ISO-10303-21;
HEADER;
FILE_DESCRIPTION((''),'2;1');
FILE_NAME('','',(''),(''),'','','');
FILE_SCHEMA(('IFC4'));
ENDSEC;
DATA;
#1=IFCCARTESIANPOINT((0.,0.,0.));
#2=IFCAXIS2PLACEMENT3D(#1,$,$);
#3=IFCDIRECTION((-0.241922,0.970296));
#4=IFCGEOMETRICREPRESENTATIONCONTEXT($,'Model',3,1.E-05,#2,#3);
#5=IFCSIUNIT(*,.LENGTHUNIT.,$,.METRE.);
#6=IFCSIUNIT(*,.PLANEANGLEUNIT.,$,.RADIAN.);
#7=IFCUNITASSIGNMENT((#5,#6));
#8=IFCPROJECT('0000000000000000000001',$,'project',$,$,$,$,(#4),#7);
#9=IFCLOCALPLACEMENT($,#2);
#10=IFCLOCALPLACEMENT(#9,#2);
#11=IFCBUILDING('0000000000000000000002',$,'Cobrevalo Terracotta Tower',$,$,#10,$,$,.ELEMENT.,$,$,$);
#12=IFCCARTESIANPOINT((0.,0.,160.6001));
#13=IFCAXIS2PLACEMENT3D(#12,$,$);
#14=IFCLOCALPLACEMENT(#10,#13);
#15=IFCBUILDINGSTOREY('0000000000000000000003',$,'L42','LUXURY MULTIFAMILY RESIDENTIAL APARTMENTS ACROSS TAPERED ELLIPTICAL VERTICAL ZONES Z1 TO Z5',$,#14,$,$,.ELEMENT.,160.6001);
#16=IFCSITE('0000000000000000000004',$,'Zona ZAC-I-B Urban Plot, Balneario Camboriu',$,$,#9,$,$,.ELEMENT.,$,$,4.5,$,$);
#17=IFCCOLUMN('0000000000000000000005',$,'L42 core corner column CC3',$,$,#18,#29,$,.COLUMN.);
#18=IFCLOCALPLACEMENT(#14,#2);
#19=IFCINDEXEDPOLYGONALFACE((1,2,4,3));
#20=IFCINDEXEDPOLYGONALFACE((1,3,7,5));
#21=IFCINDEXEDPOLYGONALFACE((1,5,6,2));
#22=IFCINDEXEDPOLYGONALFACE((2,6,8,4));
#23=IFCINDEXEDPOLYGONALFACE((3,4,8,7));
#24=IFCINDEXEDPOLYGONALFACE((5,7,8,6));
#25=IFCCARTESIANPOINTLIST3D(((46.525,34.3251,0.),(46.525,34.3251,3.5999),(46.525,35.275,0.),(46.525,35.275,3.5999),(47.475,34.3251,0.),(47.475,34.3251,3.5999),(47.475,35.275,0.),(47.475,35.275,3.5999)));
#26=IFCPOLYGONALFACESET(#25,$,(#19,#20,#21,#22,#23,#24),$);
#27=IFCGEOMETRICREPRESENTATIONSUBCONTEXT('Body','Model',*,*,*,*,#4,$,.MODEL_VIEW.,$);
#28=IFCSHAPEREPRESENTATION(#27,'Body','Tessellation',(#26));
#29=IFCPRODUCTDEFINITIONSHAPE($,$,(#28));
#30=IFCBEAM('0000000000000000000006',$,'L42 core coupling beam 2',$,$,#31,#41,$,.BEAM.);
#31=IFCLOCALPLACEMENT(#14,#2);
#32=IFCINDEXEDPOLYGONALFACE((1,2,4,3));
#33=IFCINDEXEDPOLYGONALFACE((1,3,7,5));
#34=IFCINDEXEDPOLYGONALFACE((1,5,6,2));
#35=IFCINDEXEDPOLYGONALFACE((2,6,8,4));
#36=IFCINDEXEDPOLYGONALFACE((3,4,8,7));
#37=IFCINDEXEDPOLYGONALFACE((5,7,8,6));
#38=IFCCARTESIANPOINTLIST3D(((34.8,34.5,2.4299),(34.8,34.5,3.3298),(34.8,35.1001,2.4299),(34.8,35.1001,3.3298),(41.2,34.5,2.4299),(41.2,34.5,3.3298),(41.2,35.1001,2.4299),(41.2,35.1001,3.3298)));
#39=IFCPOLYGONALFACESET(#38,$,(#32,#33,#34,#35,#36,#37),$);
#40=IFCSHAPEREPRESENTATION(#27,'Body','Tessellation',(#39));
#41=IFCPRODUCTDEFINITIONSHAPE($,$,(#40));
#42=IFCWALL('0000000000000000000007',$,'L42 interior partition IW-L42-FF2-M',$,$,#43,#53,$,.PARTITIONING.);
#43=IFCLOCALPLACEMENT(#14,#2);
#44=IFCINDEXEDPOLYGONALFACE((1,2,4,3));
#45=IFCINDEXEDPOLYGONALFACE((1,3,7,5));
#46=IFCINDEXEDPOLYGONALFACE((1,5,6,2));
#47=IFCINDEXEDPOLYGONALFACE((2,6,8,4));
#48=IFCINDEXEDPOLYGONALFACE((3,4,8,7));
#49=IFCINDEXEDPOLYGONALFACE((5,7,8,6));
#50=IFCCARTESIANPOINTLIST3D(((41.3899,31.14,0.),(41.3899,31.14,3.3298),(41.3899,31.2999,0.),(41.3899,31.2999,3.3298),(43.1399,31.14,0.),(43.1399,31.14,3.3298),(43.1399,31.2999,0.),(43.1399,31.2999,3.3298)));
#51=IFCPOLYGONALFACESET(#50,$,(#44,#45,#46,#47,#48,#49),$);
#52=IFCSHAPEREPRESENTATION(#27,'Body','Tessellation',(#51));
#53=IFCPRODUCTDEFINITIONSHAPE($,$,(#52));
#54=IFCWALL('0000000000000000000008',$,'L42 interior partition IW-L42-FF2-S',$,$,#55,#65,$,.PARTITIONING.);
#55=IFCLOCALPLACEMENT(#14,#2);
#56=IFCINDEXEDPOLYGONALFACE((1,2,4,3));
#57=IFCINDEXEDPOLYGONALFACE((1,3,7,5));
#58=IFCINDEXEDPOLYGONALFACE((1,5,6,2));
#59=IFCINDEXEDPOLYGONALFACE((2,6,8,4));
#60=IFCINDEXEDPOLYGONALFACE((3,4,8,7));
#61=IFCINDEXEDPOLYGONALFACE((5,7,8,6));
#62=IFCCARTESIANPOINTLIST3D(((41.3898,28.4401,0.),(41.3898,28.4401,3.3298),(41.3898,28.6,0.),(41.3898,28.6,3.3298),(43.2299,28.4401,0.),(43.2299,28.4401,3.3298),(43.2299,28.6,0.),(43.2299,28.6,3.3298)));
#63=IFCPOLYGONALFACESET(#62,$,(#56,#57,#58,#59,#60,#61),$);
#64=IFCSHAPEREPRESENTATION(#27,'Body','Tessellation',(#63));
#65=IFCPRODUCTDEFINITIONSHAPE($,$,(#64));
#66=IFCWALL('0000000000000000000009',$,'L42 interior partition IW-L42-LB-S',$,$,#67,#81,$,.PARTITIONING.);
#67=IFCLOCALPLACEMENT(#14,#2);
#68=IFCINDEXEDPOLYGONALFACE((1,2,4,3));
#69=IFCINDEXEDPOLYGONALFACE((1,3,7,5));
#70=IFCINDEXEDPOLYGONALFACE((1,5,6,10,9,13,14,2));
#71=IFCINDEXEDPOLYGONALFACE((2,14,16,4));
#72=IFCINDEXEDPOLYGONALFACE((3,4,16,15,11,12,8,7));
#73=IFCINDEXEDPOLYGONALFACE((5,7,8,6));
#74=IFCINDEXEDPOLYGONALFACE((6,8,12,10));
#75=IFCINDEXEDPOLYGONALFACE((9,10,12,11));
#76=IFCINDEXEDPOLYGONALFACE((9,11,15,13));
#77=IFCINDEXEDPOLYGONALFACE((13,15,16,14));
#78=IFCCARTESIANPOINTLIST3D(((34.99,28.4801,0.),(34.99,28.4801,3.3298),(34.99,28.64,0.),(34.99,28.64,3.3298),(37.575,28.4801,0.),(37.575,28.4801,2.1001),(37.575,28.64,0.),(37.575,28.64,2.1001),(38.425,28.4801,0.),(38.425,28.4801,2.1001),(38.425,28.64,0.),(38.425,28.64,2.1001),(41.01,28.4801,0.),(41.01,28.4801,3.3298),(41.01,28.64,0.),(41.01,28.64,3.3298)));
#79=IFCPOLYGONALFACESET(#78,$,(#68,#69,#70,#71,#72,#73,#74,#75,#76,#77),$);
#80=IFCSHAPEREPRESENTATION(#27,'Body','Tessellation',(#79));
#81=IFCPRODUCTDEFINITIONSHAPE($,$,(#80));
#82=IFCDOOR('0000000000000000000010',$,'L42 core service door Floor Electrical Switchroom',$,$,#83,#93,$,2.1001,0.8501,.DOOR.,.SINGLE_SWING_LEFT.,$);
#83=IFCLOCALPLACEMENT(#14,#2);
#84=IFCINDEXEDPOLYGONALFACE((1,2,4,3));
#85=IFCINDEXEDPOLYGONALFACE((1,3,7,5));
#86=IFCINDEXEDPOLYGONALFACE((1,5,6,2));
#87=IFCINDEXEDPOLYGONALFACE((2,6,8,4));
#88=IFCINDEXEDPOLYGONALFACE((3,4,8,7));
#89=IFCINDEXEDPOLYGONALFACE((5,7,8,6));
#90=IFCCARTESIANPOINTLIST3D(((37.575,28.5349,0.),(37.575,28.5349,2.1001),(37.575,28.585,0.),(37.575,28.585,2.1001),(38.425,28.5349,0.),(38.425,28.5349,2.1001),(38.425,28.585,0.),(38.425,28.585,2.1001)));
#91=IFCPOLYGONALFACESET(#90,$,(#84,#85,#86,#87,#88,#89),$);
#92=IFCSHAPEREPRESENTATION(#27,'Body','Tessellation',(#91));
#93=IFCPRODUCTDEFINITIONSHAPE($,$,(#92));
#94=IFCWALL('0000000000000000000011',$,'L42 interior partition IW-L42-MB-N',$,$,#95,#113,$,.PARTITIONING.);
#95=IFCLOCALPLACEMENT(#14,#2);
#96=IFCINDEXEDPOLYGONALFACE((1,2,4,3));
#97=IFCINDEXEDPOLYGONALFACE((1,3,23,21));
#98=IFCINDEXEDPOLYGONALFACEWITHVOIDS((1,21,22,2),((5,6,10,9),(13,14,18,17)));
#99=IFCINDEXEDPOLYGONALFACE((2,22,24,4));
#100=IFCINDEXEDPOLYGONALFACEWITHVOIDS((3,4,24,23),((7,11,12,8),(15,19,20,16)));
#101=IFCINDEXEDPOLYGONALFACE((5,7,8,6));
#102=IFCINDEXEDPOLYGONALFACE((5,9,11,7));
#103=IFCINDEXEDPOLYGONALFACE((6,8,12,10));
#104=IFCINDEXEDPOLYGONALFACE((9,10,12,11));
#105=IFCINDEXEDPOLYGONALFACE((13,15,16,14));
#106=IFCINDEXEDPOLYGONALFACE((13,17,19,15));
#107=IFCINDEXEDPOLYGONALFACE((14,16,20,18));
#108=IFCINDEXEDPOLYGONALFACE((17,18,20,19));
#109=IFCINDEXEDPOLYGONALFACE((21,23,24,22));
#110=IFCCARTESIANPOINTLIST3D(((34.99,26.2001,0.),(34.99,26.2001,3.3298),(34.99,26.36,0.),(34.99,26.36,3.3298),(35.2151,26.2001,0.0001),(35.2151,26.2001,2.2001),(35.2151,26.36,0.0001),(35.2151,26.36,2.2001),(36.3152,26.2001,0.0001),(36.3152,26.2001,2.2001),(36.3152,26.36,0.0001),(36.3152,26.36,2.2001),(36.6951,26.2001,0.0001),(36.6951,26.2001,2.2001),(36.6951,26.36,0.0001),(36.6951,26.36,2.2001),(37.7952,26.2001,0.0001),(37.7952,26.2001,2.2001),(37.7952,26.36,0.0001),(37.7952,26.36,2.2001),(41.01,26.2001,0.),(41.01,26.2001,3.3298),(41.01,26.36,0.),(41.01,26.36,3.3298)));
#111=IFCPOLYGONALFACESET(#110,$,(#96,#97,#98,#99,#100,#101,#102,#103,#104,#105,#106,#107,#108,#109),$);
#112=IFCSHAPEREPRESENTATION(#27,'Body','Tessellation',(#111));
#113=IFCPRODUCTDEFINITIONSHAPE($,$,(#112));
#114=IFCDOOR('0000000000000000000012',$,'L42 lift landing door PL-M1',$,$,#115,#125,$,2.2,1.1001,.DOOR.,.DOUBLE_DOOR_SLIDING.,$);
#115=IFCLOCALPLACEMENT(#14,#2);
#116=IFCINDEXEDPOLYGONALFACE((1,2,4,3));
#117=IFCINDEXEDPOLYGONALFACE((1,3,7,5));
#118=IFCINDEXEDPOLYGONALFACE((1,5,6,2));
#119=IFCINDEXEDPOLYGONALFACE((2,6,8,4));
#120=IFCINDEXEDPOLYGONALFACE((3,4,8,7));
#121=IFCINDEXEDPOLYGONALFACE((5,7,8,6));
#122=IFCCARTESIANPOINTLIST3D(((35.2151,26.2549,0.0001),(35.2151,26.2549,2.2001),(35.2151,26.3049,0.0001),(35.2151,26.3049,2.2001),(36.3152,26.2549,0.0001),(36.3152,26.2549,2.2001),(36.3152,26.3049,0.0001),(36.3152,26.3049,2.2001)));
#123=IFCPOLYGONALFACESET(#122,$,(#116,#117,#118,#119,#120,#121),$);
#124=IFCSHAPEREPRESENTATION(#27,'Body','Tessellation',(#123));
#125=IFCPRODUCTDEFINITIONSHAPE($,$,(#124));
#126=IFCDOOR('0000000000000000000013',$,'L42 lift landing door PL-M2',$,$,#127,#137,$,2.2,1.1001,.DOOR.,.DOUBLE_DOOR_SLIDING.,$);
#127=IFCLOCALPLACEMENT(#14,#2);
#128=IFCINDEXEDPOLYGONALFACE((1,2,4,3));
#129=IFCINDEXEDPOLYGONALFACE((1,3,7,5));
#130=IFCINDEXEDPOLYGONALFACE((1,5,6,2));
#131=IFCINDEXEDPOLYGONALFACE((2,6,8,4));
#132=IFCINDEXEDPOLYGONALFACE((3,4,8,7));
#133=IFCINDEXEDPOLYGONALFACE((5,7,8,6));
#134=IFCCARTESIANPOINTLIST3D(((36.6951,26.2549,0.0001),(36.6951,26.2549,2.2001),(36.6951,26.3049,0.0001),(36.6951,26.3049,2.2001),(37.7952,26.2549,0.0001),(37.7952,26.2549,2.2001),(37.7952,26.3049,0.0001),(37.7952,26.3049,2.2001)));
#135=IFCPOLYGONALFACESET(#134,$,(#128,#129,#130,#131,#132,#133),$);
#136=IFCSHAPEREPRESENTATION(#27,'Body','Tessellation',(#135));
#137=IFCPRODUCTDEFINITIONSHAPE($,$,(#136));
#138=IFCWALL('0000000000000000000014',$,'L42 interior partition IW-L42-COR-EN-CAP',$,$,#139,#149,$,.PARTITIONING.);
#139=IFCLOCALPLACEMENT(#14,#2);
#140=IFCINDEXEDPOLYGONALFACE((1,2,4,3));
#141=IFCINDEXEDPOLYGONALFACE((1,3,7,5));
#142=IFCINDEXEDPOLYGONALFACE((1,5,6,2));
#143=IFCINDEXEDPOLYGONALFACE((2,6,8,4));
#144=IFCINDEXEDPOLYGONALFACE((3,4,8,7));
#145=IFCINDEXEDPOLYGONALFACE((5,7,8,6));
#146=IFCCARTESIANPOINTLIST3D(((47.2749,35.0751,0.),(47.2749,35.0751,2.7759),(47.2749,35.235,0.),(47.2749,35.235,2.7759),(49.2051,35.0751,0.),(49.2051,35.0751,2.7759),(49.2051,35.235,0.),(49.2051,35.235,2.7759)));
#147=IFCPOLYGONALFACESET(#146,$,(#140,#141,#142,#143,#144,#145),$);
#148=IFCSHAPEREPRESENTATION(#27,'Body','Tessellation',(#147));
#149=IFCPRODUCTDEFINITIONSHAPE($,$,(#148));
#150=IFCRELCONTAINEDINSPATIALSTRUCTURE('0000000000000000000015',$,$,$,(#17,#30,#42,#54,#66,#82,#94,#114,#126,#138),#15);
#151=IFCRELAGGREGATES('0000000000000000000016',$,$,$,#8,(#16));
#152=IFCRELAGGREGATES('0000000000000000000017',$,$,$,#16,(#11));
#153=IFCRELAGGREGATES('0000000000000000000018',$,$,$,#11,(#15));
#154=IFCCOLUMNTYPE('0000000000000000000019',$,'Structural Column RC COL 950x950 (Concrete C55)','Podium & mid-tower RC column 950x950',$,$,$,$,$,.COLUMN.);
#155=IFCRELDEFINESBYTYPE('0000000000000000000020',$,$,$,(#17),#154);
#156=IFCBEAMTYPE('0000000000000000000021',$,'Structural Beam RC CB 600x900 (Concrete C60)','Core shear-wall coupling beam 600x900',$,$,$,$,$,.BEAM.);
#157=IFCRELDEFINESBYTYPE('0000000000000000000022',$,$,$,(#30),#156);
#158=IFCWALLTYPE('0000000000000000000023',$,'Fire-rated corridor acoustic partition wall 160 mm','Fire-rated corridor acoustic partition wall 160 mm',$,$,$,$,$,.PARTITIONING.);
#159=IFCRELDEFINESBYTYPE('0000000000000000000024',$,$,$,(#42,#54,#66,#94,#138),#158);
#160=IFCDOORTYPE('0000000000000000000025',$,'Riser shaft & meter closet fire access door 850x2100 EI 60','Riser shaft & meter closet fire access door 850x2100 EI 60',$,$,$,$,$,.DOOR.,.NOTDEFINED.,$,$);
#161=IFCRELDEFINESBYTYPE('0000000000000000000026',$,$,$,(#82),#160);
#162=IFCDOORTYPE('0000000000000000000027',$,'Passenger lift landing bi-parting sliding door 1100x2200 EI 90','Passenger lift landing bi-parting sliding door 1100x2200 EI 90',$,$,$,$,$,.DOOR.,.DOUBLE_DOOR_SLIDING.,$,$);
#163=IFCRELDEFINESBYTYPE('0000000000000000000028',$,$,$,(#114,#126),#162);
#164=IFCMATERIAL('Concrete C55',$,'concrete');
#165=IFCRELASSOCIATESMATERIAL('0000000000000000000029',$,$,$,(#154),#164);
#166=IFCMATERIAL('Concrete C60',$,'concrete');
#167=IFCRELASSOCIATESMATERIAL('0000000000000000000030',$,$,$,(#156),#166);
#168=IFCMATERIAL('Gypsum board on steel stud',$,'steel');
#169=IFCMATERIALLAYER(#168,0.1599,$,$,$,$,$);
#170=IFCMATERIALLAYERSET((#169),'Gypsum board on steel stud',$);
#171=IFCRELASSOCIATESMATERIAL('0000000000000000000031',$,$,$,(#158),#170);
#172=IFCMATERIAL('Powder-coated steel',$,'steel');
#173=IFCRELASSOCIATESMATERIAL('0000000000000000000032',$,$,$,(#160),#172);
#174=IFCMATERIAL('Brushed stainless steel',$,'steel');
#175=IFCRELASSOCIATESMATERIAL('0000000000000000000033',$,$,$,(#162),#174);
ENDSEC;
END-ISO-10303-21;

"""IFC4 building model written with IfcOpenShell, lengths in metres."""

from ifc_helpers import new_model, si_unit, direction, frame, frame_2d, origin, origin_2d, place, context, subcontext, project, spatial, rectangle, extrude, source, transform, mapped, material, layer, layer_set, material_profile, profile_set, type_object, element, fill, save


model = new_model("IFC4")

# Units and contexts
model_context = context("Model", 3, precision=1e-05, world=origin(), true_north=direction((-0.241922, 0.970296)))
body_context = subcontext(model_context, "Body", "Model", "MODEL_VIEW")
ifc_project = project(units=[si_unit("LENGTHUNIT", "METRE"), si_unit("PLANEANGLEUNIT", "RADIAN")], contexts=[model_context])

# Site, building, storey
site_placement = place(None, origin())
site = spatial("IfcSite", under=ifc_project, at=site_placement, Name="Zona ZAC-I-B Urban Plot, Balneario Camboriu", CompositionType="ELEMENT", RefElevation=4.5)
building_placement = place(site_placement, origin())
building = spatial("IfcBuilding", under=site, at=building_placement, Name="Cobrevalo Terracotta Tower", CompositionType="ELEMENT")
storey_placement = place(building_placement, frame((0.0, 0.0, 160.6001)))
storey = spatial("IfcBuildingStorey", under=building, at=storey_placement, Name="L42", Description="LUXURY MULTIFAMILY RESIDENTIAL APARTMENTS ACROSS TAPERED ELLIPTICAL VERTICAL ZONES Z1 TO Z5", CompositionType="ELEMENT", Elevation=160.6001)

# Column
ifc_material_1 = material(Name="Concrete C55", Category="concrete")
ifc_material_profile_1 = material_profile(ifc_material_1, rectangle(XDim=0.95, YDim=0.95, at=origin_2d()), Name="RC COL 950x950")
ifc_profile_set_1 = profile_set([ifc_material_profile_1], Name="Concrete C55")
column_type = type_object("IfcColumnType", Name="Structural Column RC COL 950x950 (Concrete C55)", Description="Podium & mid-tower RC column 950x950", PredefinedType="COLUMN", material=ifc_profile_set_1)
column_placement = place(storey_placement, frame((47.0, 34.8, 0.0), z_axis=(0.0, 0.0, 1.0), x_axis=(1.0, 0.0, 0.0)))
element("IfcColumn", 1, at=column_placement, inside=storey, type_object=column_type, Name="L42 core corner column CC3", PredefinedType="COLUMN", context=body_context, shape_type="SweptSolid", body=[
    extrude(rectangle(XDim=0.95, YDim=0.95, at=origin_2d()), origin(), (0.0, 0.0, 1.0), 3.5999),
])

# Beam
ifc_material_2 = material(Name="Concrete C60", Category="concrete")
ifc_material_profile_2 = material_profile(ifc_material_2, rectangle(XDim=0.6001, YDim=0.8999, at=origin_2d()), Name="RC CB 600x900")
ifc_profile_set_2 = profile_set([ifc_material_profile_2], Name="Concrete C60")
beam_type = type_object("IfcBeamType", Name="Structural Beam RC CB 600x900 (Concrete C60)", Description="Core shear-wall coupling beam 600x900", PredefinedType="BEAM", material=ifc_profile_set_2)
beam_placement = place(storey_placement, frame((34.8, 34.8, 2.8799), z_axis=(1.0, 0.0, 0.0), x_axis=(0.0, 1.0, 0.0)))
element("IfcBeam", 2, at=beam_placement, inside=storey, type_object=beam_type, Name="L42 core coupling beam 2", PredefinedType="BEAM", context=body_context, shape_type="SweptSolid", body=[
    extrude(rectangle(XDim=0.6001, YDim=0.8999, at=origin_2d()), origin(), (0.0, 0.0, 1.0), 6.3999),
])

# Walls
ifc_material_3 = material(Name="Gypsum board on steel stud", Category="steel")
ifc_layer_1 = layer(ifc_material_3, 0.1599)
ifc_layer_set_1 = layer_set([ifc_layer_1], Name="Gypsum board on steel stud")
wall_type_1 = type_object("IfcWallType", Name="Fire-rated corridor acoustic partition wall 160 mm", Description="Fire-rated corridor acoustic partition wall 160 mm", PredefinedType="PARTITIONING", material=ifc_layer_set_1)
wall_1_placement = place(storey_placement, frame((41.3899, 31.22, 0.0), z_axis=(0.0, 0.0, 1.0), x_axis=(1.0, 0.0, 0.0)))
element("IfcWall", 3, at=wall_1_placement, inside=storey, type_object=wall_type_1, Name="L42 interior partition IW-L42-FF2-M", PredefinedType="PARTITIONING", context=body_context, shape_type="SweptSolid", body=[
    extrude(rectangle(XDim=1.75, YDim=0.1599, at=frame_2d((0.875, 0.0))), origin(), (0.0, 0.0, 1.0), 3.3298),
])
wall_2_placement = place(storey_placement, frame((41.3899, 28.52, 0.0), z_axis=(0.0, 0.0, 1.0), x_axis=(1.0, 0.0, 0.0)))
element("IfcWall", 4, at=wall_2_placement, inside=storey, type_object=wall_type_1, Name="L42 interior partition IW-L42-FF2-S", PredefinedType="PARTITIONING", context=body_context, shape_type="SweptSolid", body=[
    extrude(rectangle(XDim=1.8401, YDim=0.1599, at=frame_2d((0.9199, 0.0))), origin(), (0.0, 0.0, 1.0), 3.3298),
])

# Wall, opening, door
wall_3_placement = place(storey_placement, frame((34.99, 28.5601, 0.0), z_axis=(0.0, 0.0, 1.0), x_axis=(1.0, 0.0, 0.0)))
wall_3 = element("IfcWall", 5, at=wall_3_placement, inside=storey, type_object=wall_type_1, Name="L42 interior partition IW-L42-LB-S", PredefinedType="PARTITIONING", context=body_context, shape_type="SweptSolid", body=[
    extrude(rectangle(XDim=6.02, YDim=0.1599, at=frame_2d((3.01, 0.0))), origin(), (0.0, 0.0, 1.0), 3.3298),
])
opening_1_placement = place(wall_3_placement, frame((2.585, 0.0, 0.0)))
opening_1 = element("IfcOpeningElement", 6, at=opening_1_placement, cuts=wall_3, PredefinedType="OPENING", context=body_context, shape_type="SweptSolid", body=[
    extrude(rectangle(XDim=0.8501, YDim=2.1001, at=frame_2d((0.425, 1.05))), frame((0.0, 0.0898, 0.0), z_axis=(0.0, -1.0, 0.0), x_axis=(1.0, 0.0, 0.0)), (0.0, 0.0, 1.0), 0.1799),
])
ifc_material_4 = material(Name="Powder-coated steel", Category="steel")
door_type_1 = type_object("IfcDoorType", Name="Riser shaft & meter closet fire access door 850x2100 EI 60", Description="Riser shaft & meter closet fire access door 850x2100 EI 60", OperationType="NOTDEFINED", PredefinedType="DOOR", material=ifc_material_4)
shared_shape_1 = source(origin(), body_context, "Body", "SweptSolid", [
    extrude(rectangle(XDim=0.8501, YDim=2.1001, at=frame_2d((0.425, 1.05))), frame((0.0, 0.0249, 0.0), z_axis=(0.0, -1.0, 0.0), x_axis=(1.0, 0.0, 0.0)), (0.0, 0.0, 1.0), 0.05),
])
door_1_placement = place(opening_1_placement, origin())
door_1 = element("IfcDoor", 7, at=door_1_placement, inside=storey, type_object=door_type_1, Name="L42 core service door Floor Electrical Switchroom", OperationType="SINGLE_SWING_LEFT", OverallHeight=2.1001, OverallWidth=0.8501, PredefinedType="DOOR", context=body_context, shape_type="MappedRepresentation", body=[
    mapped(shared_shape_1, transform((0.0, 0.0, 0.0), scale=1.0)),
])
fill(opening_1, door_1)

# Wall, openings, doors
wall_4_placement = place(storey_placement, frame((34.99, 26.28, 0.0), z_axis=(0.0, 0.0, 1.0), x_axis=(1.0, 0.0, 0.0)))
wall_4 = element("IfcWall", 8, at=wall_4_placement, inside=storey, type_object=wall_type_1, Name="L42 interior partition IW-L42-MB-N", PredefinedType="PARTITIONING", context=body_context, shape_type="SweptSolid", body=[
    extrude(rectangle(XDim=6.02, YDim=0.1599, at=frame_2d((3.01, 0.0))), origin(), (0.0, 0.0, 1.0), 3.3298),
])
opening_2_placement = place(wall_4_placement, frame((0.2251, 0.0, 0.0)))
opening_2 = element("IfcOpeningElement", 9, at=opening_2_placement, cuts=wall_4, PredefinedType="OPENING", context=body_context, shape_type="SweptSolid", body=[
    extrude(rectangle(XDim=1.1001, YDim=2.2, at=frame_2d((0.55, 1.1001))), frame((0.0, 0.0898, 0.0), z_axis=(0.0, -1.0, 0.0), x_axis=(1.0, 0.0, 0.0)), (0.0, 0.0, 1.0), 0.1799),
])
opening_3_placement = place(wall_4_placement, frame((1.7051, 0.0, 0.0)))
opening_3 = element("IfcOpeningElement", 10, at=opening_3_placement, cuts=wall_4, PredefinedType="OPENING", context=body_context, shape_type="SweptSolid", body=[
    extrude(rectangle(XDim=1.1001, YDim=2.2, at=frame_2d((0.55, 1.1001))), frame((0.0, 0.0898, 0.0), z_axis=(0.0, -1.0, 0.0), x_axis=(1.0, 0.0, 0.0)), (0.0, 0.0, 1.0), 0.1799),
])
ifc_material_5 = material(Name="Brushed stainless steel", Category="steel")
door_type_2 = type_object("IfcDoorType", Name="Passenger lift landing bi-parting sliding door 1100x2200 EI 90", Description="Passenger lift landing bi-parting sliding door 1100x2200 EI 90", OperationType="DOUBLE_DOOR_SLIDING", PredefinedType="DOOR", material=ifc_material_5)
shared_shape_2 = source(origin(), body_context, "Body", "SweptSolid", [
    extrude(rectangle(XDim=1.1001, YDim=2.2, at=frame_2d((0.55, 1.1001))), frame((0.0, 0.0249, 0.0), z_axis=(0.0, -1.0, 0.0), x_axis=(1.0, 0.0, 0.0)), (0.0, 0.0, 1.0), 0.05),
])
door_2_placement = place(opening_2_placement, origin())
door_2 = element("IfcDoor", 11, at=door_2_placement, inside=storey, type_object=door_type_2, Name="L42 lift landing door PL-M1", OperationType="DOUBLE_DOOR_SLIDING", OverallHeight=2.2, OverallWidth=1.1001, PredefinedType="DOOR", context=body_context, shape_type="MappedRepresentation", body=[
    mapped(shared_shape_2, transform((0.0, 0.0, 0.0), scale=1.0)),
])
fill(opening_2, door_2)
door_3_placement = place(opening_3_placement, origin())
door_3 = element("IfcDoor", 12, at=door_3_placement, inside=storey, type_object=door_type_2, Name="L42 lift landing door PL-M2", OperationType="DOUBLE_DOOR_SLIDING", OverallHeight=2.2, OverallWidth=1.1001, PredefinedType="DOOR", context=body_context, shape_type="MappedRepresentation", body=[
    mapped(shared_shape_2, transform((0.0, 0.0, 0.0), scale=1.0)),
])
fill(opening_3, door_3)

# Wall
wall_5_placement = place(storey_placement, frame((47.2749, 35.155, 0.0), z_axis=(0.0, 0.0, 1.0), x_axis=(1.0, 0.0, 0.0)))
element("IfcWall", 13, at=wall_5_placement, inside=storey, type_object=wall_type_1, Name="L42 interior partition IW-L42-COR-EN-CAP", PredefinedType="PARTITIONING", context=body_context, shape_type="SweptSolid", body=[
    extrude(rectangle(XDim=1.9302, YDim=0.1599, at=frame_2d((0.9651, 0.0))), origin(), (0.0, 0.0, 1.0), 2.7759),
])

save(model, "model.ifc")
